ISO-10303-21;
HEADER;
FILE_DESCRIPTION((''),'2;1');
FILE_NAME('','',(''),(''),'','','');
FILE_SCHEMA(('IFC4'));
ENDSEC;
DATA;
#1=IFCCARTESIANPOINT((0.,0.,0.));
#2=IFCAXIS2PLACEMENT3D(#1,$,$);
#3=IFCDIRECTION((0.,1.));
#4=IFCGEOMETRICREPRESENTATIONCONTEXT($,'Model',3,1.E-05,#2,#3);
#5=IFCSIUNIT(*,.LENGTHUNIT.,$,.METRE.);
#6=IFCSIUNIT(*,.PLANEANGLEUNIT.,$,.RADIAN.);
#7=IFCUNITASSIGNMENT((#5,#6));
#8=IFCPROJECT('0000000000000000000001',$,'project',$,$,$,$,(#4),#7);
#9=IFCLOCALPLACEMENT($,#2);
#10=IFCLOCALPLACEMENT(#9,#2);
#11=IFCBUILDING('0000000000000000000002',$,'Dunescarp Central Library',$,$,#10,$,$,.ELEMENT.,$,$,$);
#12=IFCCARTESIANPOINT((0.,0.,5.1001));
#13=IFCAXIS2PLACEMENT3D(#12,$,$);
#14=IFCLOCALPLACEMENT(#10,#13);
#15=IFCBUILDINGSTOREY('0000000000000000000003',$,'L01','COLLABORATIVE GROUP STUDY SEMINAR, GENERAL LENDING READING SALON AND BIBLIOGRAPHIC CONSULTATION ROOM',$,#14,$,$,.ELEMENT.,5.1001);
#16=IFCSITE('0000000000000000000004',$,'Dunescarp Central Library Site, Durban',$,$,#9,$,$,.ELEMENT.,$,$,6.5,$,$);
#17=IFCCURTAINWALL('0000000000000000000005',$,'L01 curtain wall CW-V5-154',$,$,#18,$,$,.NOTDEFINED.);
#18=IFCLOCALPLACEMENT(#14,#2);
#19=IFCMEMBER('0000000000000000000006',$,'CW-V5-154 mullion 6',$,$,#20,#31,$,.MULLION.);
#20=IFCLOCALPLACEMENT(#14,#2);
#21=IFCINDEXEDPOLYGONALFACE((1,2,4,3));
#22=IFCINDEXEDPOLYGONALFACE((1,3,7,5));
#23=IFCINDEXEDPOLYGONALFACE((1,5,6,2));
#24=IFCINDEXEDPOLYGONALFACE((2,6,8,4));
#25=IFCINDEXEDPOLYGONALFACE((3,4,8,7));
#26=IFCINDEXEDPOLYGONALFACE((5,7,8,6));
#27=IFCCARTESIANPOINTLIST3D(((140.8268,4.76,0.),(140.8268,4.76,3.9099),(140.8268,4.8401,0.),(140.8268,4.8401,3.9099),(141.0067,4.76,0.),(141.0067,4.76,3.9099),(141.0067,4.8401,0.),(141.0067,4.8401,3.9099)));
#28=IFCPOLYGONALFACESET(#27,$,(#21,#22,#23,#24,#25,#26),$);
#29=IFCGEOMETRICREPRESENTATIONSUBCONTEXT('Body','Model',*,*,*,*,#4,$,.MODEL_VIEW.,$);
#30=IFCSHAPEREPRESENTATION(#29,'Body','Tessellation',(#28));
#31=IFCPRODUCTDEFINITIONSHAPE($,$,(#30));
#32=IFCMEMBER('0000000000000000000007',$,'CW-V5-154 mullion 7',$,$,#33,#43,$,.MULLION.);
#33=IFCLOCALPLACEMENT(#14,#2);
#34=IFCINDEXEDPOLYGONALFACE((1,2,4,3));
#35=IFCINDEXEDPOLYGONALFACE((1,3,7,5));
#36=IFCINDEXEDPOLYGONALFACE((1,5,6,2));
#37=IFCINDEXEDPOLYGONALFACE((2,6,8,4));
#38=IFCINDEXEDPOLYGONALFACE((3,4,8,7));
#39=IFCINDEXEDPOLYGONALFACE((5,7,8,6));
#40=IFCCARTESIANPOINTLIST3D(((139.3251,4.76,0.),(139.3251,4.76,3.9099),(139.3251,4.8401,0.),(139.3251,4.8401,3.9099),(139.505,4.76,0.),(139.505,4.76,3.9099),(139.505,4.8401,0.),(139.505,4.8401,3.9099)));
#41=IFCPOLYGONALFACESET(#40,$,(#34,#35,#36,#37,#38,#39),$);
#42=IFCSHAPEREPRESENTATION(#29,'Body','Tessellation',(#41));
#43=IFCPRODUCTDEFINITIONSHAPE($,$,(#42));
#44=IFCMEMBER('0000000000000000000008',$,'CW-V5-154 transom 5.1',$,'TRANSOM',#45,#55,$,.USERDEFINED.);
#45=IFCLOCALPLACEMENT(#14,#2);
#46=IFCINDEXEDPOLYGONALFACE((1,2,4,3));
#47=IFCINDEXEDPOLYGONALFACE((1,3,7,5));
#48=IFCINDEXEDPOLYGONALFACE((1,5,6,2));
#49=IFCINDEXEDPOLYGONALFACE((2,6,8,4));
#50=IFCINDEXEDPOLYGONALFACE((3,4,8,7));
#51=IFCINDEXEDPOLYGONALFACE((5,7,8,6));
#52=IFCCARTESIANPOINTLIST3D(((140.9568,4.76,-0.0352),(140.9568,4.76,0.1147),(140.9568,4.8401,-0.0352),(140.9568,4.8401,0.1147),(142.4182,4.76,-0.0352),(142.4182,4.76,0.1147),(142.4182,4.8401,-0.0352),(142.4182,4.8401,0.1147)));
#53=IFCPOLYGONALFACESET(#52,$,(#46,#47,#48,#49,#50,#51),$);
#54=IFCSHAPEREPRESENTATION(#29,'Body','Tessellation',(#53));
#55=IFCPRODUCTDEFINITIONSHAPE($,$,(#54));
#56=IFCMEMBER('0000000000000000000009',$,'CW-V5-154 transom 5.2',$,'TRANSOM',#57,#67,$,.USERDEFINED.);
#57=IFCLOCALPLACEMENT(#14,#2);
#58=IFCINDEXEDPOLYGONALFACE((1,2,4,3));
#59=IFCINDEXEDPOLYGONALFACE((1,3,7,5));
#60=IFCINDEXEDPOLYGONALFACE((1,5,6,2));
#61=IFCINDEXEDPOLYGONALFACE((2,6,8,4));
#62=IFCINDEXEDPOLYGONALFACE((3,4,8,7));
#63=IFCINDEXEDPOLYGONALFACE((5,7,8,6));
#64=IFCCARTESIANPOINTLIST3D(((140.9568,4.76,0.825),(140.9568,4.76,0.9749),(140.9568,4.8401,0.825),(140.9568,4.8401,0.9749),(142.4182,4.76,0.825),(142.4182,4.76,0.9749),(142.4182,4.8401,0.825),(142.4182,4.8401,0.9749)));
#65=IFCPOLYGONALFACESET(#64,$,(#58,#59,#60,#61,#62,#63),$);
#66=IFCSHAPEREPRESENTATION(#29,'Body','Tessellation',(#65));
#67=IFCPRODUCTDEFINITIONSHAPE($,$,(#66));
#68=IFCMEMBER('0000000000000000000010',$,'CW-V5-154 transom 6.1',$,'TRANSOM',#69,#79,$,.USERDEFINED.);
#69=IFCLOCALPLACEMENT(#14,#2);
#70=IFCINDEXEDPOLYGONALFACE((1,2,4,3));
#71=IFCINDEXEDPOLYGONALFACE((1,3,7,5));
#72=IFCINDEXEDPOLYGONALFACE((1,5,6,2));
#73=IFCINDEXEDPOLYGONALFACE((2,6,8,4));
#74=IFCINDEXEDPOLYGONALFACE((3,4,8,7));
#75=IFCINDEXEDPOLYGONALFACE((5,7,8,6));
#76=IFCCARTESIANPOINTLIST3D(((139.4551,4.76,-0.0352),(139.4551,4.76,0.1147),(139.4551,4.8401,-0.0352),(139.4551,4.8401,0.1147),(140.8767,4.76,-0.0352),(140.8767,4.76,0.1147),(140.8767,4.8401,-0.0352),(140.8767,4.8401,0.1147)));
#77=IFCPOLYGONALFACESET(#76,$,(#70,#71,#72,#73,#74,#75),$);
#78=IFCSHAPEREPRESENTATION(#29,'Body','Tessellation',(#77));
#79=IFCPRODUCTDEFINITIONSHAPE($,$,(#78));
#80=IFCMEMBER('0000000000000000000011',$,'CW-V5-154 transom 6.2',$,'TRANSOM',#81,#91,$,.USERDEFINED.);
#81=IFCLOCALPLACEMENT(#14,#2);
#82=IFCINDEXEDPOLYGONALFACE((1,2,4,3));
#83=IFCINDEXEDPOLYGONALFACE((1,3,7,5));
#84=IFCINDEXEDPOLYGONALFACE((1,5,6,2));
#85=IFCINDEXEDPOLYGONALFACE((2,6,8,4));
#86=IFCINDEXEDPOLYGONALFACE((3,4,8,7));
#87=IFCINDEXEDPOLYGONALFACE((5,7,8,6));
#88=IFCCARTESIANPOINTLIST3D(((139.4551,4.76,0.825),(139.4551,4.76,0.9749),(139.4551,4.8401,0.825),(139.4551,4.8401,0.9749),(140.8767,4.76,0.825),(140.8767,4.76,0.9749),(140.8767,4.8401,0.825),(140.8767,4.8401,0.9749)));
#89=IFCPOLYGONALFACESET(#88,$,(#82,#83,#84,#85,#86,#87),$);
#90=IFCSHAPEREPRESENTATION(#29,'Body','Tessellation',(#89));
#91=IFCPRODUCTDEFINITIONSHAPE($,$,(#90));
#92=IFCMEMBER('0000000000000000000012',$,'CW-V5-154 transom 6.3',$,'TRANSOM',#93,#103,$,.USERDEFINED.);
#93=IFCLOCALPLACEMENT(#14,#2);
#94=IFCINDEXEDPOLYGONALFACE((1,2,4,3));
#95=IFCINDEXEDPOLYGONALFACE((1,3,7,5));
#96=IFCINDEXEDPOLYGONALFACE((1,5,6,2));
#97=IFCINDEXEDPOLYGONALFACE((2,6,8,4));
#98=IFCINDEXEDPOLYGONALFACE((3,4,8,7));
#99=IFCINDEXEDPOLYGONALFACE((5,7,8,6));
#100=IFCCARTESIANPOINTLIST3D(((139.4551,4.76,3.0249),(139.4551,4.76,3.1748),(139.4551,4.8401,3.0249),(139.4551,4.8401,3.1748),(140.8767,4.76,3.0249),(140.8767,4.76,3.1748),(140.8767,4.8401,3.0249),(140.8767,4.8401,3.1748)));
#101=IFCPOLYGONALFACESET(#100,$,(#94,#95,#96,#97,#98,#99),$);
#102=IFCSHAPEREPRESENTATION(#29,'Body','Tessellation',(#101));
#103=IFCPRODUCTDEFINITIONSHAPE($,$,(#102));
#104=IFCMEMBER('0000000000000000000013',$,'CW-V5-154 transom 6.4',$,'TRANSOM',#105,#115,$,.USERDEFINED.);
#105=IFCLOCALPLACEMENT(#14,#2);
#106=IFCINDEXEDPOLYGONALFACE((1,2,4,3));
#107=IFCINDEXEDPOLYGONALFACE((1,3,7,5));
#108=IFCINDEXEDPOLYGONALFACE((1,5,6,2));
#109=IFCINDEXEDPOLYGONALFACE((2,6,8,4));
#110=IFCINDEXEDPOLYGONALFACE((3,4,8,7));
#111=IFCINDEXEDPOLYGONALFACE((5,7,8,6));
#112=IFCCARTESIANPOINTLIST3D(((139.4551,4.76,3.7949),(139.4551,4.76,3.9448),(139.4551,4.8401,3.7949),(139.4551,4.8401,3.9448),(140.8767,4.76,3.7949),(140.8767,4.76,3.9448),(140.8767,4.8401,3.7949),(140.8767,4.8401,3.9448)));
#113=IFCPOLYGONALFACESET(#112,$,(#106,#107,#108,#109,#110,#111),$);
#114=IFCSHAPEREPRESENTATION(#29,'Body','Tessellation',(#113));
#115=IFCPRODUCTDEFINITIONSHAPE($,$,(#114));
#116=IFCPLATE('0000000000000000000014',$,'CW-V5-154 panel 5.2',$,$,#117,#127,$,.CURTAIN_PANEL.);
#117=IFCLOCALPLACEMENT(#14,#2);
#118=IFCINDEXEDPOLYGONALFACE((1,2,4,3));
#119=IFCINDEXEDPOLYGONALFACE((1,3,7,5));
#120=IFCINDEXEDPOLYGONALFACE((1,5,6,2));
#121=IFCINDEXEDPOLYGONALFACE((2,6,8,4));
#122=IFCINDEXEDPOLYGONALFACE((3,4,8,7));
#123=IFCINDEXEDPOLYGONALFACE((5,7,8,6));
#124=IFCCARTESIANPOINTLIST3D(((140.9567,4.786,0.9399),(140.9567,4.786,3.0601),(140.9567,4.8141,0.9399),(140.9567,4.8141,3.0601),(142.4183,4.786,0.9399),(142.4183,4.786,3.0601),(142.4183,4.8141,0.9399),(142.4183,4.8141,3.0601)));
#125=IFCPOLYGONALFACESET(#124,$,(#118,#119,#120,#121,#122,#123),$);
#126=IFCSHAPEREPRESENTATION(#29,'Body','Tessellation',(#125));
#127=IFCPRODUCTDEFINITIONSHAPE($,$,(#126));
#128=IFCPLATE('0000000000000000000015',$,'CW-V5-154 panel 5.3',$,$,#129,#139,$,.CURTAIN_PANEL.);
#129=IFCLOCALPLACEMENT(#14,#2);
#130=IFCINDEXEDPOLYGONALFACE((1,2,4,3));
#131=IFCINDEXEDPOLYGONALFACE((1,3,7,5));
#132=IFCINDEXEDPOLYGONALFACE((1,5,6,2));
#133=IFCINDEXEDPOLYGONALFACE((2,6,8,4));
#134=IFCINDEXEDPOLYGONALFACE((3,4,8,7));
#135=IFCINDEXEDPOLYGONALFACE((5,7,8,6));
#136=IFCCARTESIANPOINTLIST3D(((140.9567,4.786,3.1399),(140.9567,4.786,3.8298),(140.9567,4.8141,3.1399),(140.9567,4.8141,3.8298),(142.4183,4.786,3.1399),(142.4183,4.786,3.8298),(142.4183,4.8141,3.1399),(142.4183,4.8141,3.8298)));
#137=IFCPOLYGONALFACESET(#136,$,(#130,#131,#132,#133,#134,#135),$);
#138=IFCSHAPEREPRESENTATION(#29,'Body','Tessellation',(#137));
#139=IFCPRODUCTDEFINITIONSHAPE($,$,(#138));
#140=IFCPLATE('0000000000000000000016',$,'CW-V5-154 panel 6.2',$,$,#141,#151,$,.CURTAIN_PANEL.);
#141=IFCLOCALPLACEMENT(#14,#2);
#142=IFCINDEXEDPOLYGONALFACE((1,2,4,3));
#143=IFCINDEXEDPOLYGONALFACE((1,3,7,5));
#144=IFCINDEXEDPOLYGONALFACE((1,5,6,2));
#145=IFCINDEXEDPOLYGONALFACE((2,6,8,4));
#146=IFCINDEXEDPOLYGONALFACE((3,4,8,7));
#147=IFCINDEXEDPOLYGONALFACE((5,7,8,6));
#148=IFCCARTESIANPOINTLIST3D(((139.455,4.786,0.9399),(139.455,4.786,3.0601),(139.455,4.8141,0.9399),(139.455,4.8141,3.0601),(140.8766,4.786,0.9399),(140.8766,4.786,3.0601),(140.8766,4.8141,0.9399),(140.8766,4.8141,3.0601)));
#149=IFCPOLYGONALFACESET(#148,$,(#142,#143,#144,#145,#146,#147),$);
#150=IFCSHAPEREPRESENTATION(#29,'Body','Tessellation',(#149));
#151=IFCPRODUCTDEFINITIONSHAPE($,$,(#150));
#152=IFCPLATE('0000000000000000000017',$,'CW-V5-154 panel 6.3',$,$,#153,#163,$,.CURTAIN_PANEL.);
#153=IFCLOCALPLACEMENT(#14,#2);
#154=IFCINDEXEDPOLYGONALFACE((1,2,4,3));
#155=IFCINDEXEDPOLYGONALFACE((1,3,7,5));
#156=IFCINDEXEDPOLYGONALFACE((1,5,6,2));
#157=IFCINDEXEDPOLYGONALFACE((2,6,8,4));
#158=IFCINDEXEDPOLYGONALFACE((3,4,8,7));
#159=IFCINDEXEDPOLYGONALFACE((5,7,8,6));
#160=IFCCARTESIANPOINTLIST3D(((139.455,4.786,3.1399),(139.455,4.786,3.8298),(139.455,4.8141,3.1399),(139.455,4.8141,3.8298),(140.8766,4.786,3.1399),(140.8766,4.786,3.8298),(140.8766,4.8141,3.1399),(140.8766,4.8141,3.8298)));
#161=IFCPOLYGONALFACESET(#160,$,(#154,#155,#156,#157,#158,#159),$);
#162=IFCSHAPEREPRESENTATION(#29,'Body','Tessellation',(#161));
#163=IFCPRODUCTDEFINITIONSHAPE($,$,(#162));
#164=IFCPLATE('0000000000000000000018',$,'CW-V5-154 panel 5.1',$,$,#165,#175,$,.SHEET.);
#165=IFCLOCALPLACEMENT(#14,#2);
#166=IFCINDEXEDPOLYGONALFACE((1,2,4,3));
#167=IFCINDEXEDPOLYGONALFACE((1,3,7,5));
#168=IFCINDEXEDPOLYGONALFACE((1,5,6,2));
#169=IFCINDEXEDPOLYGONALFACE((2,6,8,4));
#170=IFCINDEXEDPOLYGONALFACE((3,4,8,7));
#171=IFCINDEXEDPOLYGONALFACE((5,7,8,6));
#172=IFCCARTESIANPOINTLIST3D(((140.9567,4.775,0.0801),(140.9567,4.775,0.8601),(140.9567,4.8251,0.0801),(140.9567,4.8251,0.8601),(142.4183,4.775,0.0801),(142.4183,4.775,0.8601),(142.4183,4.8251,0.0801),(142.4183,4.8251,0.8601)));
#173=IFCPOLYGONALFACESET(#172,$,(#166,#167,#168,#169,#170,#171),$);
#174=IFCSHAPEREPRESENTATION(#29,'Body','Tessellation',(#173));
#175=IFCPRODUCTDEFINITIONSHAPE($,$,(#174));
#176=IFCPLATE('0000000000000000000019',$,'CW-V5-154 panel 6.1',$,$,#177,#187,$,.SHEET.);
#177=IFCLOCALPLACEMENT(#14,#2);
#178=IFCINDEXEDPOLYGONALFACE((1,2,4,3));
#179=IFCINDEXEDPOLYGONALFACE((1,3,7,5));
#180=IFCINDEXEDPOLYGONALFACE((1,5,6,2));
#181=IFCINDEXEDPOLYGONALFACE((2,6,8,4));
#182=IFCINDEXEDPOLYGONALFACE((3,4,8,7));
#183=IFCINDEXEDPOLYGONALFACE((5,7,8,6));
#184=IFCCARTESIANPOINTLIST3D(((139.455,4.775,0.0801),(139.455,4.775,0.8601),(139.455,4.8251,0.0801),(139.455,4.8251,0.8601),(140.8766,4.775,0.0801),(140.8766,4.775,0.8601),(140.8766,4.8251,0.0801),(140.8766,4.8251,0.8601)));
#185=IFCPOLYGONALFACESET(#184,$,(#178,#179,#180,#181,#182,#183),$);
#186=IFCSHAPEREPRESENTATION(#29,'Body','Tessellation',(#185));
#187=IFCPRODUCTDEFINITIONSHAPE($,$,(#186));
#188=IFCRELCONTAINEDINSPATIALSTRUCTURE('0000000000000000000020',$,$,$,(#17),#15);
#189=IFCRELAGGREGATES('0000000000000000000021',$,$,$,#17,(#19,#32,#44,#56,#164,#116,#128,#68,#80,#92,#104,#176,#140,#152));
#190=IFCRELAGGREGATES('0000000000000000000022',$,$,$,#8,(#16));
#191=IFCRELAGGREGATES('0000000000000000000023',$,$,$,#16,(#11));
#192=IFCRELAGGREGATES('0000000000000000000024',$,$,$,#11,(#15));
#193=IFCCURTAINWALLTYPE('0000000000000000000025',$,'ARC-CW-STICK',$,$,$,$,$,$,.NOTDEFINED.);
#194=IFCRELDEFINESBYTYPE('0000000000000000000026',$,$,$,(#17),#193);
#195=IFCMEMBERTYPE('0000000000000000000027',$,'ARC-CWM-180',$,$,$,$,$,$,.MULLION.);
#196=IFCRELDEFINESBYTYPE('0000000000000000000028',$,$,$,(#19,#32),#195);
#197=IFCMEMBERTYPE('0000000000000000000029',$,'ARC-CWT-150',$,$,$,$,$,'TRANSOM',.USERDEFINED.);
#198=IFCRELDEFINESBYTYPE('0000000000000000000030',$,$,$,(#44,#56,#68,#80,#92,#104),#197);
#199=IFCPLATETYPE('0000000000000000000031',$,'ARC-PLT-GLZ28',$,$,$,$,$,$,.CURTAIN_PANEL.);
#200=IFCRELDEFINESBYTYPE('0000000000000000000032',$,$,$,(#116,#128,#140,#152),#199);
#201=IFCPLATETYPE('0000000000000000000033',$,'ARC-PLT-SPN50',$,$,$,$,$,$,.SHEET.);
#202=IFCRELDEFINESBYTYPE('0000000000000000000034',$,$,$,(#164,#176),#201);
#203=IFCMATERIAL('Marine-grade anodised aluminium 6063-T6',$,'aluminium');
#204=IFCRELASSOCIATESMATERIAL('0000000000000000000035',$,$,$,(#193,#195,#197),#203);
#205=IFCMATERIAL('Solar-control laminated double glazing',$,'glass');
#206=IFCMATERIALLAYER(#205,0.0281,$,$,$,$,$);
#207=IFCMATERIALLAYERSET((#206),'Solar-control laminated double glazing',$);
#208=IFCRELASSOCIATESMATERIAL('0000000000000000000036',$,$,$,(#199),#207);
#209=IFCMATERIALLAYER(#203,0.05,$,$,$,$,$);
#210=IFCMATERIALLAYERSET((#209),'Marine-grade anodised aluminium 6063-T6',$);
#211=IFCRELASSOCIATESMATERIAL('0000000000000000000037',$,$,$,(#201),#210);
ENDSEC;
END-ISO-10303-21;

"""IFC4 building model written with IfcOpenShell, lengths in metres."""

from ifc_helpers import new_model, si_unit, direction, frame, origin, origin_2d, place, context, subcontext, project, spatial, rectangle, extrude, material, layer, layer_set, material_profile, profile_set, type_object, element, aggregate, save


model = new_model("IFC4")

# Units and contexts
model_context = context("Model", 3, precision=1e-05, world=origin(), true_north=direction((0.0, 1.0)))
body_context = subcontext(model_context, "Body", "Model", "MODEL_VIEW")
ifc_project = project(units=[si_unit("LENGTHUNIT", "METRE"), si_unit("PLANEANGLEUNIT", "RADIAN")], contexts=[model_context])

# Site, building, storey
site_placement = place(None, origin())
site = spatial("IfcSite", under=ifc_project, at=site_placement, Name="Dunescarp Central Library Site, Durban", CompositionType="ELEMENT", RefElevation=6.5)
building_placement = place(site_placement, origin())
building = spatial("IfcBuilding", under=site, at=building_placement, Name="Dunescarp Central Library", CompositionType="ELEMENT")
storey_placement = place(building_placement, frame((0.0, 0.0, 5.1001)))
storey = spatial("IfcBuildingStorey", under=building, at=storey_placement, Name="L01", Description="COLLABORATIVE GROUP STUDY SEMINAR, GENERAL LENDING READING SALON AND BIBLIOGRAPHIC CONSULTATION ROOM", CompositionType="ELEMENT", Elevation=5.1001)

# Curtain wall, members, plates
ifc_material_1 = material(Name="Marine-grade anodised aluminium 6063-T6", Category="aluminium")
curtain_wall_type = type_object("IfcCurtainWallType", Name="ARC-CW-STICK", PredefinedType="NOTDEFINED", material=ifc_material_1)
curtain_wall_placement = place(storey_placement, origin())
curtain_wall = element("IfcCurtainWall", 1, at=curtain_wall_placement, inside=storey, type_object=curtain_wall_type, Name="L01 curtain wall CW-V5-154", PredefinedType="NOTDEFINED")
ifc_material_profile_1 = material_profile(ifc_material_1, rectangle(XDim=0.0801, YDim=0.1799, at=origin_2d()), Name="AL 80x180")
ifc_profile_set_1 = profile_set([ifc_material_profile_1], Name="Marine-grade anodised aluminium 6063-T6")
member_type_1 = type_object("IfcMemberType", Name="ARC-CWM-180", PredefinedType="MULLION", material=ifc_profile_set_1)
member_1_placement = place(storey_placement, frame((140.9167, 4.8, 0.0), z_axis=(0.0, 0.0, 1.0), x_axis=(0.0, -1.0, 0.0)))
member_1 = element("IfcMember", 2, at=member_1_placement, type_object=member_type_1, Name="CW-V5-154 mullion 6", PredefinedType="MULLION", context=body_context, shape_type="SweptSolid", body=[
    extrude(rectangle(XDim=0.0801, YDim=0.1799, at=origin_2d()), origin(), (0.0, 0.0, 1.0), 3.9099),
])
member_2_placement = place(storey_placement, frame((139.415, 4.8, 0.0), z_axis=(0.0, 0.0, 1.0), x_axis=(0.0, -1.0, 0.0)))
member_2 = element("IfcMember", 3, at=member_2_placement, type_object=member_type_1, Name="CW-V5-154 mullion 7", PredefinedType="MULLION", context=body_context, shape_type="SweptSolid", body=[
    extrude(rectangle(XDim=0.0801, YDim=0.1799, at=origin_2d()), origin(), (0.0, 0.0, 1.0), 3.9099),
])
ifc_material_profile_2 = material_profile(ifc_material_1, rectangle(XDim=0.0801, YDim=0.1499, at=origin_2d()), Name="AL 80x150")
ifc_profile_set_2 = profile_set([ifc_material_profile_2], Name="Marine-grade anodised aluminium 6063-T6")
member_type_2 = type_object("IfcMemberType", Name="ARC-CWT-150", ElementType="TRANSOM", PredefinedType="USERDEFINED", material=ifc_profile_set_2)
member_3_placement = place(storey_placement, frame((142.4182, 4.8, 0.0398), z_axis=(-1.0, 0.0, 0.0), x_axis=(0.0, -1.0, 0.0)))
member_3 = element("IfcMember", 4, at=member_3_placement, type_object=member_type_2, Name="CW-V5-154 transom 5.1", ObjectType="TRANSOM", PredefinedType="USERDEFINED", context=body_context, shape_type="SweptSolid", body=[
    extrude(rectangle(XDim=0.0801, YDim=0.1499, at=origin_2d()), origin(), (0.0, 0.0, 1.0), 1.4614),
])
member_4_placement = place(storey_placement, frame((142.4182, 4.8, 0.8999), z_axis=(-1.0, 0.0, 0.0), x_axis=(0.0, -1.0, 0.0)))
member_4 = element("IfcMember", 5, at=member_4_placement, type_object=member_type_2, Name="CW-V5-154 transom 5.2", ObjectType="TRANSOM", PredefinedType="USERDEFINED", context=body_context, shape_type="SweptSolid", body=[
    extrude(rectangle(XDim=0.0801, YDim=0.1499, at=origin_2d()), origin(), (0.0, 0.0, 1.0), 1.4614),
])
member_5_placement = place(storey_placement, frame((140.8767, 4.8, 0.0398), z_axis=(-1.0, 0.0, 0.0), x_axis=(0.0, -1.0, 0.0)))
member_5 = element("IfcMember", 6, at=member_5_placement, type_object=member_type_2, Name="CW-V5-154 transom 6.1", ObjectType="TRANSOM", PredefinedType="USERDEFINED", context=body_context, shape_type="SweptSolid", body=[
    extrude(rectangle(XDim=0.0801, YDim=0.1499, at=origin_2d()), origin(), (0.0, 0.0, 1.0), 1.4216),
])
member_6_placement = place(storey_placement, frame((140.8767, 4.8, 0.8999), z_axis=(-1.0, 0.0, 0.0), x_axis=(0.0, -1.0, 0.0)))
member_6 = element("IfcMember", 7, at=member_6_placement, type_object=member_type_2, Name="CW-V5-154 transom 6.2", ObjectType="TRANSOM", PredefinedType="USERDEFINED", context=body_context, shape_type="SweptSolid", body=[
    extrude(rectangle(XDim=0.0801, YDim=0.1499, at=origin_2d()), origin(), (0.0, 0.0, 1.0), 1.4216),
])
member_7_placement = place(storey_placement, frame((140.8767, 4.8, 3.0999), z_axis=(-1.0, 0.0, 0.0), x_axis=(0.0, -1.0, 0.0)))
member_7 = element("IfcMember", 8, at=member_7_placement, type_object=member_type_2, Name="CW-V5-154 transom 6.3", ObjectType="TRANSOM", PredefinedType="USERDEFINED", context=body_context, shape_type="SweptSolid", body=[
    extrude(rectangle(XDim=0.0801, YDim=0.1499, at=origin_2d()), origin(), (0.0, 0.0, 1.0), 1.4216),
])
member_8_placement = place(storey_placement, frame((140.8767, 4.8, 3.8699), z_axis=(-1.0, 0.0, 0.0), x_axis=(0.0, -1.0, 0.0)))
member_8 = element("IfcMember", 9, at=member_8_placement, type_object=member_type_2, Name="CW-V5-154 transom 6.4", ObjectType="TRANSOM", PredefinedType="USERDEFINED", context=body_context, shape_type="SweptSolid", body=[
    extrude(rectangle(XDim=0.0801, YDim=0.1499, at=origin_2d()), origin(), (0.0, 0.0, 1.0), 1.4216),
])
ifc_material_2 = material(Name="Solar-control laminated double glazing", Category="glass")
ifc_layer_1 = layer(ifc_material_2, 0.0281)
ifc_layer_set_1 = layer_set([ifc_layer_1], Name="Solar-control laminated double glazing")
plate_type_1 = type_object("IfcPlateType", Name="ARC-PLT-GLZ28", PredefinedType="CURTAIN_PANEL", material=ifc_layer_set_1)
plate_1_placement = place(storey_placement, frame((141.6875, 4.8, 0.9399), z_axis=(0.0, 0.0, 1.0), x_axis=(-1.0, 0.0, 0.0)))
plate_1 = element("IfcPlate", 10, at=plate_1_placement, type_object=plate_type_1, Name="CW-V5-154 panel 5.2", PredefinedType="CURTAIN_PANEL", context=body_context, shape_type="SweptSolid", body=[
    extrude(rectangle(XDim=1.4617, YDim=0.0281, at=origin_2d()), origin(), (0.0, 0.0, 1.0), 2.1201),
])
plate_2_placement = place(storey_placement, frame((141.6875, 4.8, 3.1399), z_axis=(0.0, 0.0, 1.0), x_axis=(-1.0, 0.0, 0.0)))
plate_2 = element("IfcPlate", 11, at=plate_2_placement, type_object=plate_type_1, Name="CW-V5-154 panel 5.3", PredefinedType="CURTAIN_PANEL", context=body_context, shape_type="SweptSolid", body=[
    extrude(rectangle(XDim=1.4617, YDim=0.0281, at=origin_2d()), origin(), (0.0, 0.0, 1.0), 0.6899),
])
plate_3_placement = place(storey_placement, frame((140.1658, 4.8, 0.9399), z_axis=(0.0, 0.0, 1.0), x_axis=(-1.0, 0.0, 0.0)))
plate_3 = element("IfcPlate", 12, at=plate_3_placement, type_object=plate_type_1, Name="CW-V5-154 panel 6.2", PredefinedType="CURTAIN_PANEL", context=body_context, shape_type="SweptSolid", body=[
    extrude(rectangle(XDim=1.4216, YDim=0.0281, at=origin_2d()), origin(), (0.0, 0.0, 1.0), 2.1201),
])
plate_4_placement = place(storey_placement, frame((140.1658, 4.8, 3.1399), z_axis=(0.0, 0.0, 1.0), x_axis=(-1.0, 0.0, 0.0)))
plate_4 = element("IfcPlate", 13, at=plate_4_placement, type_object=plate_type_1, Name="CW-V5-154 panel 6.3", PredefinedType="CURTAIN_PANEL", context=body_context, shape_type="SweptSolid", body=[
    extrude(rectangle(XDim=1.4216, YDim=0.0281, at=origin_2d()), origin(), (0.0, 0.0, 1.0), 0.6899),
])
ifc_layer_2 = layer(ifc_material_1, 0.05)
ifc_layer_set_2 = layer_set([ifc_layer_2], Name="Marine-grade anodised aluminium 6063-T6")
plate_type_2 = type_object("IfcPlateType", Name="ARC-PLT-SPN50", PredefinedType="SHEET", material=ifc_layer_set_2)
plate_5_placement = place(storey_placement, frame((141.6875, 4.8, 0.0801), z_axis=(0.0, 0.0, 1.0), x_axis=(-1.0, 0.0, 0.0)))
plate_5 = element("IfcPlate", 14, at=plate_5_placement, type_object=plate_type_2, Name="CW-V5-154 panel 5.1", PredefinedType="SHEET", context=body_context, shape_type="SweptSolid", body=[
    extrude(rectangle(XDim=1.4617, YDim=0.05, at=origin_2d()), origin(), (0.0, 0.0, 1.0), 0.78),
])
plate_6_placement = place(storey_placement, frame((140.1658, 4.8, 0.0801), z_axis=(0.0, 0.0, 1.0), x_axis=(-1.0, 0.0, 0.0)))
plate_6 = element("IfcPlate", 15, at=plate_6_placement, type_object=plate_type_2, Name="CW-V5-154 panel 6.1", PredefinedType="SHEET", context=body_context, shape_type="SweptSolid", body=[
    extrude(rectangle(XDim=1.4216, YDim=0.05, at=origin_2d()), origin(), (0.0, 0.0, 1.0), 0.78),
])
aggregate(curtain_wall, [member_1, member_2, member_3, member_4, plate_5, plate_1, plate_2, member_5, member_6, member_7, member_8, plate_6, plate_3, plate_4])

save(model, "model.ifc")
